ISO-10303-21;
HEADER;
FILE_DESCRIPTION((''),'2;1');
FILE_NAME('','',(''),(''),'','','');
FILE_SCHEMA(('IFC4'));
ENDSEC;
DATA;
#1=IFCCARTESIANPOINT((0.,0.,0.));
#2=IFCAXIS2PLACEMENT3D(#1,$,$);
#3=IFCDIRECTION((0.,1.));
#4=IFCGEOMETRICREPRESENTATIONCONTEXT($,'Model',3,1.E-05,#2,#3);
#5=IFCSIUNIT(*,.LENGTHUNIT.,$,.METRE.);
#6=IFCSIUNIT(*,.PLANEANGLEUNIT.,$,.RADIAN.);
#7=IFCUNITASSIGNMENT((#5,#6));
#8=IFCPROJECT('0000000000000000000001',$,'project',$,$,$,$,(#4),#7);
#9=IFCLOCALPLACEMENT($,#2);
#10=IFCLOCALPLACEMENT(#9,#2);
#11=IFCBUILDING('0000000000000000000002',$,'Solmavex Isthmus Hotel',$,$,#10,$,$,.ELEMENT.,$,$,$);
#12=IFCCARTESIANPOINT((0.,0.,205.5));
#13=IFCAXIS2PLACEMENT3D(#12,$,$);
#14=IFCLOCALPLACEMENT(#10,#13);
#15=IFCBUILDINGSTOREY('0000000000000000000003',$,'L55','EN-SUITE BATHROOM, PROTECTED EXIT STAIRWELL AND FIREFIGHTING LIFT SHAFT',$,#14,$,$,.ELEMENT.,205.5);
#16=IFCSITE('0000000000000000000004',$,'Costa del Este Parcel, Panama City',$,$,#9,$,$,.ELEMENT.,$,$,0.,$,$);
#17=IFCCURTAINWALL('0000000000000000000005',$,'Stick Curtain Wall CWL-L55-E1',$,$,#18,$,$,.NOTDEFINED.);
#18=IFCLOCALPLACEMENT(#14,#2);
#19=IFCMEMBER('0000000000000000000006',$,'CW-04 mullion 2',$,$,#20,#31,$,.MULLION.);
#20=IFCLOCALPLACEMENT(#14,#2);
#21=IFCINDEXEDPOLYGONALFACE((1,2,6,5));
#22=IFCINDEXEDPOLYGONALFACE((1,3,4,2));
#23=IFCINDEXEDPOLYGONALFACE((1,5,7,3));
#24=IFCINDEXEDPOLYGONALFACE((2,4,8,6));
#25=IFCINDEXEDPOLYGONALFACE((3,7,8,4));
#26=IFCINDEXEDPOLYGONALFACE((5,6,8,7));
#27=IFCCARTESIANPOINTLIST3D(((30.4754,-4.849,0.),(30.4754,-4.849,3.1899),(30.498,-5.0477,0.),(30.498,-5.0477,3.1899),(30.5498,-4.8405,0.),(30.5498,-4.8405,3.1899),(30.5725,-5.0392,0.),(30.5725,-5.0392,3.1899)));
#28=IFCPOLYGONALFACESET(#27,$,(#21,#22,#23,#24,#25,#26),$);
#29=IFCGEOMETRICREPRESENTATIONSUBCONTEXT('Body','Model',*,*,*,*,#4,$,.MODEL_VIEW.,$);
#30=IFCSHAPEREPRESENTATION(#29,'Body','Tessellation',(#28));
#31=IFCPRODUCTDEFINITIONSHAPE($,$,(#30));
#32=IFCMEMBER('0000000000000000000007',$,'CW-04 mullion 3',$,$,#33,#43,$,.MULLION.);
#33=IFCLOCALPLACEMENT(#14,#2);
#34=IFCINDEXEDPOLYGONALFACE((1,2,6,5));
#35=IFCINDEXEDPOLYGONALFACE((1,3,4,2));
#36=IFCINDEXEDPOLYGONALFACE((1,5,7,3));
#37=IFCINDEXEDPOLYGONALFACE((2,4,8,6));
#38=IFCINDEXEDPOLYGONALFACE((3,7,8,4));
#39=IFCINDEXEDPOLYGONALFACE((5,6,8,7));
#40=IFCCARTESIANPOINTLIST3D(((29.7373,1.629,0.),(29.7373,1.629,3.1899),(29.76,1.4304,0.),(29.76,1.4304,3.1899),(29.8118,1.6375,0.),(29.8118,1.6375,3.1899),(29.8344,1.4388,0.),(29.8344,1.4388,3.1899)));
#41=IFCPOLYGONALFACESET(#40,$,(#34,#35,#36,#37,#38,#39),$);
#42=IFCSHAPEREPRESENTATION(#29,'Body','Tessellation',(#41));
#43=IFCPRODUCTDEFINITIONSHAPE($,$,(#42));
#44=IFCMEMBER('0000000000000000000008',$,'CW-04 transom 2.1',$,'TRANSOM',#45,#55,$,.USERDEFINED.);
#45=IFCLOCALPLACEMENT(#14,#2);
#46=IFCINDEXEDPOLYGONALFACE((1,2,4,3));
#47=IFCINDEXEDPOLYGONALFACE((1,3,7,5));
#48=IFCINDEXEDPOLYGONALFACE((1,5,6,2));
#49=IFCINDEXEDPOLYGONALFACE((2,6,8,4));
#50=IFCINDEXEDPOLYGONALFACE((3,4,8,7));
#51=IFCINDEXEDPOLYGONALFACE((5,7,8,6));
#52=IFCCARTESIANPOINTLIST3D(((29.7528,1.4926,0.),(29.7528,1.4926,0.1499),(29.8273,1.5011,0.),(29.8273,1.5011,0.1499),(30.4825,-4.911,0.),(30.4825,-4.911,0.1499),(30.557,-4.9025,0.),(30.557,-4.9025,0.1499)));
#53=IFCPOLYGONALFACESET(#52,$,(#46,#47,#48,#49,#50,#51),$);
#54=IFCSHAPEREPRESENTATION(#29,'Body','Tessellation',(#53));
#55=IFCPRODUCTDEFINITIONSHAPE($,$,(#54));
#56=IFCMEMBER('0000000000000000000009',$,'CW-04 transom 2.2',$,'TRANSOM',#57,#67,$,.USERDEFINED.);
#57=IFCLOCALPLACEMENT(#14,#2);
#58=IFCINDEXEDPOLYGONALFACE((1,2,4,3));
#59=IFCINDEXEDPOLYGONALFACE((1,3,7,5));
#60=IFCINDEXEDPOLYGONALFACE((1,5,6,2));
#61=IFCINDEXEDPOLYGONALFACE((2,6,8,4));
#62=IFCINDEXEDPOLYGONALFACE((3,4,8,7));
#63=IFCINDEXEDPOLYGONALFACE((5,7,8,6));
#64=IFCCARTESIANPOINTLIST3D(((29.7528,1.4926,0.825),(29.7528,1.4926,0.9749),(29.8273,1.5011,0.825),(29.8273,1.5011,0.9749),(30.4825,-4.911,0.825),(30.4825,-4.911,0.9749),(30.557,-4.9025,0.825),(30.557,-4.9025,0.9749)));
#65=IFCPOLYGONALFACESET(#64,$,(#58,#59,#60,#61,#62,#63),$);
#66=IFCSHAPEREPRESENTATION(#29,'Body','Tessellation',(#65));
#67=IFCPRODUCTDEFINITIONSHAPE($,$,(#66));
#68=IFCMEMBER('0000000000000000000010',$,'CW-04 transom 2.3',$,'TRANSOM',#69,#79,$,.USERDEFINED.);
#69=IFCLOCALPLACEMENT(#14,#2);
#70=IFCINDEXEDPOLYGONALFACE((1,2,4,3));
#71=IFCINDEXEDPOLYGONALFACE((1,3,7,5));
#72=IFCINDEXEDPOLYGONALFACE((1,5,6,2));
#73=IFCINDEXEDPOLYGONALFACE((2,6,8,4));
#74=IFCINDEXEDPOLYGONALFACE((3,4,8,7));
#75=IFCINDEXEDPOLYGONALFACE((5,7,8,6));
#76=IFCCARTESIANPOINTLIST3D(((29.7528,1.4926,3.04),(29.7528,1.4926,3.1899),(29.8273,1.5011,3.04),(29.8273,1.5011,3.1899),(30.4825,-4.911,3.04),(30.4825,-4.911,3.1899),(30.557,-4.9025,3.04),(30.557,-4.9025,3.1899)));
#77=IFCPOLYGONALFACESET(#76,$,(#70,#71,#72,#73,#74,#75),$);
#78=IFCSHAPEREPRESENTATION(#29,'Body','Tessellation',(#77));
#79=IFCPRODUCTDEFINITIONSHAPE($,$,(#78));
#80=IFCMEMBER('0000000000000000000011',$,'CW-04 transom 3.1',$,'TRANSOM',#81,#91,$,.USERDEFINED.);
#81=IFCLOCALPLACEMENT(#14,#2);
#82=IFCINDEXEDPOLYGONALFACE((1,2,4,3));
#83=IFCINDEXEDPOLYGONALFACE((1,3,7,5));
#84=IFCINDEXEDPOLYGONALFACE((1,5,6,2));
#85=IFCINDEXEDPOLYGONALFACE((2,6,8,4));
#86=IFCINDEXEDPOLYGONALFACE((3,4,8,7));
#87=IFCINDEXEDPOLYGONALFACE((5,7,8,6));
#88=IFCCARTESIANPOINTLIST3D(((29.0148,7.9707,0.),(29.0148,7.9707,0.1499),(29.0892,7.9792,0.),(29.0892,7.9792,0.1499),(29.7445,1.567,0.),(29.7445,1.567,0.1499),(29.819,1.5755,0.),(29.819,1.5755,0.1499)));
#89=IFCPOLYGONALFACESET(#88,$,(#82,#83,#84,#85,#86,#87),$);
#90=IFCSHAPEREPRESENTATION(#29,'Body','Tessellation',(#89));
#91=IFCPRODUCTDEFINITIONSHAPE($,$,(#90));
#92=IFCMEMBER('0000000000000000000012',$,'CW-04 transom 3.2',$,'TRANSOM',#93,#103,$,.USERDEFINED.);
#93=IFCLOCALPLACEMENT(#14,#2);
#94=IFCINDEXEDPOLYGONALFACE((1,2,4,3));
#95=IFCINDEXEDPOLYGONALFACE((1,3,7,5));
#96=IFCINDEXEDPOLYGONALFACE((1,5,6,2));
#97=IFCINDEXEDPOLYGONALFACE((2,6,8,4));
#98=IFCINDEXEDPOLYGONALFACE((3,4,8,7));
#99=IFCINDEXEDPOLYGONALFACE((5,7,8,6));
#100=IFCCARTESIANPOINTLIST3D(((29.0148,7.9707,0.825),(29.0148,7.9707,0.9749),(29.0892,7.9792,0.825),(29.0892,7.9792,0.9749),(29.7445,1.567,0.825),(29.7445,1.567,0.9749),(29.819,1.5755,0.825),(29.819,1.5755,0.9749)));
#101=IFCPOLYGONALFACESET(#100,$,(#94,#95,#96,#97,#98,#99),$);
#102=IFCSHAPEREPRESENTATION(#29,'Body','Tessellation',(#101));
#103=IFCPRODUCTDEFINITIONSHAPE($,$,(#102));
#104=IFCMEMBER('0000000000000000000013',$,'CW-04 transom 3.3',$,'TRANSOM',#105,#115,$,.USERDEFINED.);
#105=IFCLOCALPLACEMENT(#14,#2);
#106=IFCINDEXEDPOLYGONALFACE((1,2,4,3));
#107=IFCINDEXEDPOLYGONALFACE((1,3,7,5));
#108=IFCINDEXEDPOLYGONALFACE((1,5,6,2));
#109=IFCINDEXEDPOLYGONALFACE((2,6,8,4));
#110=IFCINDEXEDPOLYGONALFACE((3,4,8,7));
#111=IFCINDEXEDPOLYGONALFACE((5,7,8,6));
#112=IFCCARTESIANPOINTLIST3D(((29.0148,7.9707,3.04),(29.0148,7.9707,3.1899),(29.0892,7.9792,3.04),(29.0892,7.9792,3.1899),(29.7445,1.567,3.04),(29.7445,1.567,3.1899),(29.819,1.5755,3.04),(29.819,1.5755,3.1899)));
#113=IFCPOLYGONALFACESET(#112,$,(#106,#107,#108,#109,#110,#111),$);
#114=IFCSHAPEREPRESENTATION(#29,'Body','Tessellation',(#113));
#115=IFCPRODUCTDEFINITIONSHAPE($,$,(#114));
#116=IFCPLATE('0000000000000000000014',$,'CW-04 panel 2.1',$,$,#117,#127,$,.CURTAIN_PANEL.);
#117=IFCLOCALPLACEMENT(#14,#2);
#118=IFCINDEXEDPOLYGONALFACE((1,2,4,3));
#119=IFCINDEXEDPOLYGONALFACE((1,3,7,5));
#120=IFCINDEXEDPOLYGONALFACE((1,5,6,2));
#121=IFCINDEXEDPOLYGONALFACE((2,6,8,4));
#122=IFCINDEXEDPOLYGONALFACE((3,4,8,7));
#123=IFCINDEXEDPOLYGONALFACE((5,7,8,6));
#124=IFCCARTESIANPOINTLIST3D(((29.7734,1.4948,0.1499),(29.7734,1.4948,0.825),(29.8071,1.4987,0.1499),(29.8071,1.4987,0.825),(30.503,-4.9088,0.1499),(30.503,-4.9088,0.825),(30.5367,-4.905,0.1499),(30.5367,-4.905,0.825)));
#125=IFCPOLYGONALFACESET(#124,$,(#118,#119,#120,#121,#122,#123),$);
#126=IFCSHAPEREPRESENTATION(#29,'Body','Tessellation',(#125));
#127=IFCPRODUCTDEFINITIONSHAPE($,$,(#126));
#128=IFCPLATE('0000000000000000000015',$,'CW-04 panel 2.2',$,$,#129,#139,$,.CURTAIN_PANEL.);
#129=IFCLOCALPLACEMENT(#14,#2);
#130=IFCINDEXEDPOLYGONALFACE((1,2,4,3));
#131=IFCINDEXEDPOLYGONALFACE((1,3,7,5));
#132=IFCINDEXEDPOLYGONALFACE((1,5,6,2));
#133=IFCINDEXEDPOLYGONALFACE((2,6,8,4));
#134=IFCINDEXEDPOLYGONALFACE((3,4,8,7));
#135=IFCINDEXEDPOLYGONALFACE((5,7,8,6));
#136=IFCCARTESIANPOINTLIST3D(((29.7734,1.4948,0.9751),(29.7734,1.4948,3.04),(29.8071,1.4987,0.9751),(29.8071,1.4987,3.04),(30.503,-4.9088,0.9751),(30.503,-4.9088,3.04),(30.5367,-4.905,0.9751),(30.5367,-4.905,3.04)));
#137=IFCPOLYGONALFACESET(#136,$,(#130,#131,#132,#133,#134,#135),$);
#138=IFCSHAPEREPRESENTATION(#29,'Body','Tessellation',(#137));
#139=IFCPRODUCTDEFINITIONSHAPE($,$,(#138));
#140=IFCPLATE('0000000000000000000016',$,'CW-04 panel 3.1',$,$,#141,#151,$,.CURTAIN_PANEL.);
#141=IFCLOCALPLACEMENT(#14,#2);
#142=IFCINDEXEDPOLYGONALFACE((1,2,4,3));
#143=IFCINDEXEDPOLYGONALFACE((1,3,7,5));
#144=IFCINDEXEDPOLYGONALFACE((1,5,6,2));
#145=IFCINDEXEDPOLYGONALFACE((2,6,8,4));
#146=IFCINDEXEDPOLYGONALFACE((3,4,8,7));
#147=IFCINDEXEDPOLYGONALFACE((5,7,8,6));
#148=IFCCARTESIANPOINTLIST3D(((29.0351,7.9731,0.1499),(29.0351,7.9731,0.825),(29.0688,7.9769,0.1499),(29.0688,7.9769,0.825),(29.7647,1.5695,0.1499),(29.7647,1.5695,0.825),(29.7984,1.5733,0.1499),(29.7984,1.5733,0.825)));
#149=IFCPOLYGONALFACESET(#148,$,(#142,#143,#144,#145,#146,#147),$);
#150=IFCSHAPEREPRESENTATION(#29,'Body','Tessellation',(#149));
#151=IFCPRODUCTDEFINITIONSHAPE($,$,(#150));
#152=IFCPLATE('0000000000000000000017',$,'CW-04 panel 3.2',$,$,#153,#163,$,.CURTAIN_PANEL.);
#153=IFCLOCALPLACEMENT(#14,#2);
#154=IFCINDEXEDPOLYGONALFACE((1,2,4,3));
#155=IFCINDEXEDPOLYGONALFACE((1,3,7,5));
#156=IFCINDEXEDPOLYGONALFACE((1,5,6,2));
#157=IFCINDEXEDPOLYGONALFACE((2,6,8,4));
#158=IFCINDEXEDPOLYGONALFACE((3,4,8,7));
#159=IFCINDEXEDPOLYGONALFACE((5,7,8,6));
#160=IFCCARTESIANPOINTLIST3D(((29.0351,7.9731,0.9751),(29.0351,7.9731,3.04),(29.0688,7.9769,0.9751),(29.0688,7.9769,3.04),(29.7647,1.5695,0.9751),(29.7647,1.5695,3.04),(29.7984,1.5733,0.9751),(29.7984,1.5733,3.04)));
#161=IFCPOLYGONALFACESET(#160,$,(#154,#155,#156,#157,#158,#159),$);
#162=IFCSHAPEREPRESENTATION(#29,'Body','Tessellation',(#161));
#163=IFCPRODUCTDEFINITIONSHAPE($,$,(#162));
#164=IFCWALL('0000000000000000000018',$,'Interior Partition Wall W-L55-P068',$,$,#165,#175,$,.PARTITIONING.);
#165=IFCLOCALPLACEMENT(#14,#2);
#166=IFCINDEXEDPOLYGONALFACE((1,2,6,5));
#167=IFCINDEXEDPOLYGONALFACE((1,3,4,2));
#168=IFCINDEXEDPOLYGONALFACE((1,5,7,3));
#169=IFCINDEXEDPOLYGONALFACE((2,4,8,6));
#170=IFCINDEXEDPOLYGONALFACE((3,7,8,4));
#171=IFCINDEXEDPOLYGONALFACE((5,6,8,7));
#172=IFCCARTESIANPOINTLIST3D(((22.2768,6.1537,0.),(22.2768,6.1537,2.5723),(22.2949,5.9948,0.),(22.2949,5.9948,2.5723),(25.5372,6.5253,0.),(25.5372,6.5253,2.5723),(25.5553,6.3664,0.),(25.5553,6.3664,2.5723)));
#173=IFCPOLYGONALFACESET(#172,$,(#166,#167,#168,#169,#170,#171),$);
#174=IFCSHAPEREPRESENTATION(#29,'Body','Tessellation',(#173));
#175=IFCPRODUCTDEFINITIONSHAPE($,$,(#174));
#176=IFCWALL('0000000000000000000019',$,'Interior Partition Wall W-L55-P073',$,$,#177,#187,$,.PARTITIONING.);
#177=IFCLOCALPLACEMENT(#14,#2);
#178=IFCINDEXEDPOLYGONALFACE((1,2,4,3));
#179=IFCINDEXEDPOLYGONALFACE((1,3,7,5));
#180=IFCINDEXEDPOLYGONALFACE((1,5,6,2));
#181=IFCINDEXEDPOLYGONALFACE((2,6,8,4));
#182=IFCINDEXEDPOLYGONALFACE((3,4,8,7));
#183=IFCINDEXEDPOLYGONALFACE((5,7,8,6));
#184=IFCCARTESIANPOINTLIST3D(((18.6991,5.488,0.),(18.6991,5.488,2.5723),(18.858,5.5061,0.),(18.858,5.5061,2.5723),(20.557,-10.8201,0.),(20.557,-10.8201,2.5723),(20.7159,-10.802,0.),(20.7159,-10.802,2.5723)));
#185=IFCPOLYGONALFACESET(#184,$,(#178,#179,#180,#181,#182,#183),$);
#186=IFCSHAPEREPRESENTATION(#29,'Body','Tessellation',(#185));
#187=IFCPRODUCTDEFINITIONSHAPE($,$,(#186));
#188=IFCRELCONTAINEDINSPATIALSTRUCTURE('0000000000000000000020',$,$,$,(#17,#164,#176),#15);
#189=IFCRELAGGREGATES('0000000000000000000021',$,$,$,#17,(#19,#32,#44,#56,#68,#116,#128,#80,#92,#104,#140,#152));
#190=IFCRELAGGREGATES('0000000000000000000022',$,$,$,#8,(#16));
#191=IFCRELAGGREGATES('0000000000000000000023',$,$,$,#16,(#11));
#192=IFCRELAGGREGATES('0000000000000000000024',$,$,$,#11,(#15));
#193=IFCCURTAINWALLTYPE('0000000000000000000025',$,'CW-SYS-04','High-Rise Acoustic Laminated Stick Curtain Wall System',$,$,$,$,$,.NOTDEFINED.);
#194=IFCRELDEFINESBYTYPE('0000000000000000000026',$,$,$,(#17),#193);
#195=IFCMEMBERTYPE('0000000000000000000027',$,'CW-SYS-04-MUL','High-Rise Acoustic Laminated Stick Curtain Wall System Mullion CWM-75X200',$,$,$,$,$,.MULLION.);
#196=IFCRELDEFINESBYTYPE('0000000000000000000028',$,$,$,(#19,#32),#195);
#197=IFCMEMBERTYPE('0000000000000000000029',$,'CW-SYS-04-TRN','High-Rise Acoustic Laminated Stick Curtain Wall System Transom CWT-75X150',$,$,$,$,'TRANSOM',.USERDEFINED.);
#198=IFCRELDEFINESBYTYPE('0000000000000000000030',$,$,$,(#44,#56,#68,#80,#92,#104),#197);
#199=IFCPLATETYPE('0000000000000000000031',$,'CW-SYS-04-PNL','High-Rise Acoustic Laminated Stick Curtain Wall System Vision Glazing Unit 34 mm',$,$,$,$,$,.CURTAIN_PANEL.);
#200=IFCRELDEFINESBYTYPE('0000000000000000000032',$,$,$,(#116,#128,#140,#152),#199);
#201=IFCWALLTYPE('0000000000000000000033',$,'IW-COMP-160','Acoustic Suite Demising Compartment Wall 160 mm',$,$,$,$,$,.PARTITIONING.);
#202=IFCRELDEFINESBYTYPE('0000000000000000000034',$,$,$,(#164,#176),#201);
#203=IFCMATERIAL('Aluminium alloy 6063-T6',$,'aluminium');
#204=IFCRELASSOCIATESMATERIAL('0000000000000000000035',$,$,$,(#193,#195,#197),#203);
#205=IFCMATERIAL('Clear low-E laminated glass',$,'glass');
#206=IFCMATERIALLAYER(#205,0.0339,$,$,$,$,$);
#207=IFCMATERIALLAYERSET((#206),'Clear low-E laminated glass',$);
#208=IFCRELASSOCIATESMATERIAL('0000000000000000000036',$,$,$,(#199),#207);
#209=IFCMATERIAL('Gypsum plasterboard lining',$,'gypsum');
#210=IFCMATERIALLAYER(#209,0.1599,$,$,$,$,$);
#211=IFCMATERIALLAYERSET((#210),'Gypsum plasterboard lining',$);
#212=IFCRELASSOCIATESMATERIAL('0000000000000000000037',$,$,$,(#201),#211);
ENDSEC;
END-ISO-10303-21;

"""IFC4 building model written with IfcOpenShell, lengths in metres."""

from ifc_helpers import new_model, si_unit, direction, frame, frame_2d, origin, origin_2d, place, context, subcontext, project, spatial, rectangle, extrude, material, layer, layer_set, material_profile, profile_set, type_object, element, aggregate, save


model = new_model("IFC4")

# Units and contexts
model_context = context("Model", 3, precision=1e-05, world=origin(), true_north=direction((0.0, 1.0)))
body_context = subcontext(model_context, "Body", "Model", "MODEL_VIEW")
ifc_project = project(units=[si_unit("LENGTHUNIT", "METRE"), si_unit("PLANEANGLEUNIT", "RADIAN")], contexts=[model_context])

# Site, building, storey
site_placement = place(None, origin())
site = spatial("IfcSite", under=ifc_project, at=site_placement, Name="Costa del Este Parcel, Panama City", CompositionType="ELEMENT", RefElevation=0.0)
building_placement = place(site_placement, origin())
building = spatial("IfcBuilding", under=site, at=building_placement, Name="Solmavex Isthmus Hotel", CompositionType="ELEMENT")
storey_placement = place(building_placement, frame((0.0, 0.0, 205.5)))
storey = spatial("IfcBuildingStorey", under=building, at=storey_placement, Name="L55", Description="EN-SUITE BATHROOM, PROTECTED EXIT STAIRWELL AND FIREFIGHTING LIFT SHAFT", CompositionType="ELEMENT", Elevation=205.5)

# Curtain wall, members, plates
ifc_material_1 = material(Name="Aluminium alloy 6063-T6", Category="aluminium")
curtain_wall_type = type_object("IfcCurtainWallType", Name="CW-SYS-04", Description="High-Rise Acoustic Laminated Stick Curtain Wall System", PredefinedType="NOTDEFINED", material=ifc_material_1)
curtain_wall_placement = place(storey_placement, origin())
curtain_wall = element("IfcCurtainWall", 1, at=curtain_wall_placement, inside=storey, type_object=curtain_wall_type, Name="Stick Curtain Wall CWL-L55-E1", PredefinedType="NOTDEFINED")
ifc_material_profile_1 = material_profile(ifc_material_1, rectangle(XDim=0.075, YDim=0.2, at=origin_2d()), Name="CWM-75X200")
ifc_profile_set_1 = profile_set([ifc_material_profile_1], Name="Aluminium alloy 6063-T6")
member_type_1 = type_object("IfcMemberType", Name="CW-SYS-04-MUL", Description="High-Rise Acoustic Laminated Stick Curtain Wall System Mullion CWM-75X200", PredefinedType="MULLION", material=ifc_profile_set_1)
member_1_placement = place(storey_placement, frame((30.5239, -4.9441, 0.0), z_axis=(0.0, 0.0, 1.0), x_axis=(-0.993572, -0.113203, 0.0)))
member_1 = element("IfcMember", 2, at=member_1_placement, type_object=member_type_1, Name="CW-04 mullion 2", PredefinedType="MULLION", context=body_context, shape_type="SweptSolid", body=[
    extrude(rectangle(XDim=0.075, YDim=0.2, at=origin_2d()), origin(), (0.0, 0.0, 1.0), 3.1899),
])
member_2_placement = place(storey_placement, frame((29.7859, 1.5339, 0.0), z_axis=(0.0, 0.0, 1.0), x_axis=(-0.993572, -0.113203, 0.0)))
member_2 = element("IfcMember", 3, at=member_2_placement, type_object=member_type_1, Name="CW-04 mullion 3", PredefinedType="MULLION", context=body_context, shape_type="SweptSolid", body=[
    extrude(rectangle(XDim=0.075, YDim=0.2, at=origin_2d()), origin(), (0.0, 0.0, 1.0), 3.1899),
])
ifc_material_profile_2 = material_profile(ifc_material_1, rectangle(XDim=0.075, YDim=0.1499, at=origin_2d()), Name="CWT-75X150")
ifc_profile_set_2 = profile_set([ifc_material_profile_2], Name="Aluminium alloy 6063-T6")
member_type_2 = type_object("IfcMemberType", Name="CW-SYS-04-TRN", Description="High-Rise Acoustic Laminated Stick Curtain Wall System Transom CWT-75X150", ElementType="TRANSOM", PredefinedType="USERDEFINED", material=ifc_profile_set_2)
member_3_placement = place(storey_placement, frame((30.5198, -4.9067, 0.075), z_axis=(-0.113225, 0.993569, 0.0), x_axis=(-0.993569, -0.113225, 0.0)))
member_3 = element("IfcMember", 4, at=member_3_placement, type_object=member_type_2, Name="CW-04 transom 2.1", ObjectType="TRANSOM", PredefinedType="USERDEFINED", context=body_context, shape_type="SweptSolid", body=[
    extrude(rectangle(XDim=0.075, YDim=0.1499, at=origin_2d()), origin(), (0.0, 0.0, 1.0), 6.4451),
])
member_4_placement = place(storey_placement, frame((30.5198, -4.9067, 0.8999), z_axis=(-0.113225, 0.993569, 0.0), x_axis=(-0.993569, -0.113225, 0.0)))
member_4 = element("IfcMember", 5, at=member_4_placement, type_object=member_type_2, Name="CW-04 transom 2.2", ObjectType="TRANSOM", PredefinedType="USERDEFINED", context=body_context, shape_type="SweptSolid", body=[
    extrude(rectangle(XDim=0.075, YDim=0.1499, at=origin_2d()), origin(), (0.0, 0.0, 1.0), 6.4451),
])
member_5_placement = place(storey_placement, frame((30.5198, -4.9067, 3.115), z_axis=(-0.113225, 0.993569, 0.0), x_axis=(-0.993569, -0.113225, 0.0)))
member_5 = element("IfcMember", 6, at=member_5_placement, type_object=member_type_2, Name="CW-04 transom 2.3", ObjectType="TRANSOM", PredefinedType="USERDEFINED", context=body_context, shape_type="SweptSolid", body=[
    extrude(rectangle(XDim=0.075, YDim=0.1499, at=origin_2d()), origin(), (0.0, 0.0, 1.0), 6.4451),
])
member_6_placement = place(storey_placement, frame((29.7817, 1.5713, 0.075), z_axis=(-0.113225, 0.993569, 0.0), x_axis=(-0.993569, -0.113225, 0.0)))
member_6 = element("IfcMember", 7, at=member_6_placement, type_object=member_type_2, Name="CW-04 transom 3.1", ObjectType="TRANSOM", PredefinedType="USERDEFINED", context=body_context, shape_type="SweptSolid", body=[
    extrude(rectangle(XDim=0.075, YDim=0.1499, at=origin_2d()), origin(), (0.0, 0.0, 1.0), 6.4451),
])
member_7_placement = place(storey_placement, frame((29.7817, 1.5713, 0.8999), z_axis=(-0.113225, 0.993569, 0.0), x_axis=(-0.993569, -0.113225, 0.0)))
member_7 = element("IfcMember", 8, at=member_7_placement, type_object=member_type_2, Name="CW-04 transom 3.2", ObjectType="TRANSOM", PredefinedType="USERDEFINED", context=body_context, shape_type="SweptSolid", body=[
    extrude(rectangle(XDim=0.075, YDim=0.1499, at=origin_2d()), origin(), (0.0, 0.0, 1.0), 6.4451),
])
member_8_placement = place(storey_placement, frame((29.7817, 1.5713, 3.115), z_axis=(-0.113225, 0.993569, 0.0), x_axis=(-0.993569, -0.113225, 0.0)))
member_8 = element("IfcMember", 9, at=member_8_placement, type_object=member_type_2, Name="CW-04 transom 3.3", ObjectType="TRANSOM", PredefinedType="USERDEFINED", context=body_context, shape_type="SweptSolid", body=[
    extrude(rectangle(XDim=0.075, YDim=0.1499, at=origin_2d()), origin(), (0.0, 0.0, 1.0), 6.4451),
])
ifc_material_2 = material(Name="Clear low-E laminated glass", Category="glass")
ifc_layer_1 = layer(ifc_material_2, 0.0339)
ifc_layer_set_1 = layer_set([ifc_layer_1], Name="Clear low-E laminated glass")
plate_type = type_object("IfcPlateType", Name="CW-SYS-04-PNL", Description="High-Rise Acoustic Laminated Stick Curtain Wall System Vision Glazing Unit 34 mm", PredefinedType="CURTAIN_PANEL", material=ifc_layer_set_1)
plate_1_placement = place(storey_placement, frame((30.155, -1.7051, 0.1499), z_axis=(0.0, 0.0, 1.0), x_axis=(-0.113203, 0.993572, 0.0)))
plate_1 = element("IfcPlate", 10, at=plate_1_placement, type_object=plate_type, Name="CW-04 panel 2.1", PredefinedType="CURTAIN_PANEL", context=body_context, shape_type="SweptSolid", body=[
    extrude(rectangle(XDim=6.4451, YDim=0.0339, at=origin_2d()), origin(), (0.0, 0.0, 1.0), 0.675),
])
plate_2_placement = place(storey_placement, frame((30.155, -1.7051, 0.9751), z_axis=(0.0, 0.0, 1.0), x_axis=(-0.113203, 0.993572, 0.0)))
plate_2 = element("IfcPlate", 11, at=plate_2_placement, type_object=plate_type, Name="CW-04 panel 2.2", PredefinedType="CURTAIN_PANEL", context=body_context, shape_type="SweptSolid", body=[
    extrude(rectangle(XDim=6.4451, YDim=0.0339, at=origin_2d()), origin(), (0.0, 0.0, 1.0), 2.0649),
])
plate_3_placement = place(storey_placement, frame((29.4167, 4.7732, 0.1499), z_axis=(0.0, 0.0, 1.0), x_axis=(-0.113203, 0.993572, 0.0)))
plate_3 = element("IfcPlate", 12, at=plate_3_placement, type_object=plate_type, Name="CW-04 panel 3.1", PredefinedType="CURTAIN_PANEL", context=body_context, shape_type="SweptSolid", body=[
    extrude(rectangle(XDim=6.4451, YDim=0.0339, at=origin_2d()), origin(), (0.0, 0.0, 1.0), 0.675),
])
plate_4_placement = place(storey_placement, frame((29.4167, 4.7732, 0.9751), z_axis=(0.0, 0.0, 1.0), x_axis=(-0.113203, 0.993572, 0.0)))
plate_4 = element("IfcPlate", 13, at=plate_4_placement, type_object=plate_type, Name="CW-04 panel 3.2", PredefinedType="CURTAIN_PANEL", context=body_context, shape_type="SweptSolid", body=[
    extrude(rectangle(XDim=6.4451, YDim=0.0339, at=origin_2d()), origin(), (0.0, 0.0, 1.0), 2.0649),
])
aggregate(curtain_wall, [member_1, member_2, member_3, member_4, member_5, plate_1, plate_2, member_6, member_7, member_8, plate_3, plate_4])

# Walls
ifc_material_3 = material(Name="Gypsum plasterboard lining", Category="gypsum")
ifc_layer_2 = layer(ifc_material_3, 0.1599)
ifc_layer_set_2 = layer_set([ifc_layer_2], Name="Gypsum plasterboard lining")
wall_type_1 = type_object("IfcWallType", Name="IW-COMP-160", Description="Acoustic Suite Demising Compartment Wall 160 mm", PredefinedType="PARTITIONING", material=ifc_layer_set_2)
wall_1_placement = place(storey_placement, frame((25.5461, 6.4458, 0.0), z_axis=(0.0, 0.0, 1.0), x_axis=(-0.993569, -0.113232, 0.0)))
element("IfcWall", 14, at=wall_1_placement, inside=storey, type_object=wall_type_1, Name="Interior Partition Wall W-L55-P068", PredefinedType="PARTITIONING", context=body_context, shape_type="SweptSolid", body=[
    extrude(rectangle(XDim=3.2815, YDim=0.1599, at=frame_2d((1.6406, 0.0))), origin(), (0.0, 0.0, 1.0), 2.5723),
])
wall_2_placement = place(storey_placement, frame((18.7786, 5.4971, 0.0), z_axis=(0.0, 0.0, 1.0), x_axis=(0.113193, -0.993573, 0.0)))
element("IfcWall", 15, at=wall_2_placement, inside=storey, type_object=wall_type_1, Name="Interior Partition Wall W-L55-P073", PredefinedType="PARTITIONING", context=body_context, shape_type="SweptSolid", body=[
    extrude(rectangle(XDim=16.4136, YDim=0.1599, at=frame_2d((8.2068, 0.0))), origin(), (0.0, 0.0, 1.0), 2.5723),
])

save(model, "model.ifc")
